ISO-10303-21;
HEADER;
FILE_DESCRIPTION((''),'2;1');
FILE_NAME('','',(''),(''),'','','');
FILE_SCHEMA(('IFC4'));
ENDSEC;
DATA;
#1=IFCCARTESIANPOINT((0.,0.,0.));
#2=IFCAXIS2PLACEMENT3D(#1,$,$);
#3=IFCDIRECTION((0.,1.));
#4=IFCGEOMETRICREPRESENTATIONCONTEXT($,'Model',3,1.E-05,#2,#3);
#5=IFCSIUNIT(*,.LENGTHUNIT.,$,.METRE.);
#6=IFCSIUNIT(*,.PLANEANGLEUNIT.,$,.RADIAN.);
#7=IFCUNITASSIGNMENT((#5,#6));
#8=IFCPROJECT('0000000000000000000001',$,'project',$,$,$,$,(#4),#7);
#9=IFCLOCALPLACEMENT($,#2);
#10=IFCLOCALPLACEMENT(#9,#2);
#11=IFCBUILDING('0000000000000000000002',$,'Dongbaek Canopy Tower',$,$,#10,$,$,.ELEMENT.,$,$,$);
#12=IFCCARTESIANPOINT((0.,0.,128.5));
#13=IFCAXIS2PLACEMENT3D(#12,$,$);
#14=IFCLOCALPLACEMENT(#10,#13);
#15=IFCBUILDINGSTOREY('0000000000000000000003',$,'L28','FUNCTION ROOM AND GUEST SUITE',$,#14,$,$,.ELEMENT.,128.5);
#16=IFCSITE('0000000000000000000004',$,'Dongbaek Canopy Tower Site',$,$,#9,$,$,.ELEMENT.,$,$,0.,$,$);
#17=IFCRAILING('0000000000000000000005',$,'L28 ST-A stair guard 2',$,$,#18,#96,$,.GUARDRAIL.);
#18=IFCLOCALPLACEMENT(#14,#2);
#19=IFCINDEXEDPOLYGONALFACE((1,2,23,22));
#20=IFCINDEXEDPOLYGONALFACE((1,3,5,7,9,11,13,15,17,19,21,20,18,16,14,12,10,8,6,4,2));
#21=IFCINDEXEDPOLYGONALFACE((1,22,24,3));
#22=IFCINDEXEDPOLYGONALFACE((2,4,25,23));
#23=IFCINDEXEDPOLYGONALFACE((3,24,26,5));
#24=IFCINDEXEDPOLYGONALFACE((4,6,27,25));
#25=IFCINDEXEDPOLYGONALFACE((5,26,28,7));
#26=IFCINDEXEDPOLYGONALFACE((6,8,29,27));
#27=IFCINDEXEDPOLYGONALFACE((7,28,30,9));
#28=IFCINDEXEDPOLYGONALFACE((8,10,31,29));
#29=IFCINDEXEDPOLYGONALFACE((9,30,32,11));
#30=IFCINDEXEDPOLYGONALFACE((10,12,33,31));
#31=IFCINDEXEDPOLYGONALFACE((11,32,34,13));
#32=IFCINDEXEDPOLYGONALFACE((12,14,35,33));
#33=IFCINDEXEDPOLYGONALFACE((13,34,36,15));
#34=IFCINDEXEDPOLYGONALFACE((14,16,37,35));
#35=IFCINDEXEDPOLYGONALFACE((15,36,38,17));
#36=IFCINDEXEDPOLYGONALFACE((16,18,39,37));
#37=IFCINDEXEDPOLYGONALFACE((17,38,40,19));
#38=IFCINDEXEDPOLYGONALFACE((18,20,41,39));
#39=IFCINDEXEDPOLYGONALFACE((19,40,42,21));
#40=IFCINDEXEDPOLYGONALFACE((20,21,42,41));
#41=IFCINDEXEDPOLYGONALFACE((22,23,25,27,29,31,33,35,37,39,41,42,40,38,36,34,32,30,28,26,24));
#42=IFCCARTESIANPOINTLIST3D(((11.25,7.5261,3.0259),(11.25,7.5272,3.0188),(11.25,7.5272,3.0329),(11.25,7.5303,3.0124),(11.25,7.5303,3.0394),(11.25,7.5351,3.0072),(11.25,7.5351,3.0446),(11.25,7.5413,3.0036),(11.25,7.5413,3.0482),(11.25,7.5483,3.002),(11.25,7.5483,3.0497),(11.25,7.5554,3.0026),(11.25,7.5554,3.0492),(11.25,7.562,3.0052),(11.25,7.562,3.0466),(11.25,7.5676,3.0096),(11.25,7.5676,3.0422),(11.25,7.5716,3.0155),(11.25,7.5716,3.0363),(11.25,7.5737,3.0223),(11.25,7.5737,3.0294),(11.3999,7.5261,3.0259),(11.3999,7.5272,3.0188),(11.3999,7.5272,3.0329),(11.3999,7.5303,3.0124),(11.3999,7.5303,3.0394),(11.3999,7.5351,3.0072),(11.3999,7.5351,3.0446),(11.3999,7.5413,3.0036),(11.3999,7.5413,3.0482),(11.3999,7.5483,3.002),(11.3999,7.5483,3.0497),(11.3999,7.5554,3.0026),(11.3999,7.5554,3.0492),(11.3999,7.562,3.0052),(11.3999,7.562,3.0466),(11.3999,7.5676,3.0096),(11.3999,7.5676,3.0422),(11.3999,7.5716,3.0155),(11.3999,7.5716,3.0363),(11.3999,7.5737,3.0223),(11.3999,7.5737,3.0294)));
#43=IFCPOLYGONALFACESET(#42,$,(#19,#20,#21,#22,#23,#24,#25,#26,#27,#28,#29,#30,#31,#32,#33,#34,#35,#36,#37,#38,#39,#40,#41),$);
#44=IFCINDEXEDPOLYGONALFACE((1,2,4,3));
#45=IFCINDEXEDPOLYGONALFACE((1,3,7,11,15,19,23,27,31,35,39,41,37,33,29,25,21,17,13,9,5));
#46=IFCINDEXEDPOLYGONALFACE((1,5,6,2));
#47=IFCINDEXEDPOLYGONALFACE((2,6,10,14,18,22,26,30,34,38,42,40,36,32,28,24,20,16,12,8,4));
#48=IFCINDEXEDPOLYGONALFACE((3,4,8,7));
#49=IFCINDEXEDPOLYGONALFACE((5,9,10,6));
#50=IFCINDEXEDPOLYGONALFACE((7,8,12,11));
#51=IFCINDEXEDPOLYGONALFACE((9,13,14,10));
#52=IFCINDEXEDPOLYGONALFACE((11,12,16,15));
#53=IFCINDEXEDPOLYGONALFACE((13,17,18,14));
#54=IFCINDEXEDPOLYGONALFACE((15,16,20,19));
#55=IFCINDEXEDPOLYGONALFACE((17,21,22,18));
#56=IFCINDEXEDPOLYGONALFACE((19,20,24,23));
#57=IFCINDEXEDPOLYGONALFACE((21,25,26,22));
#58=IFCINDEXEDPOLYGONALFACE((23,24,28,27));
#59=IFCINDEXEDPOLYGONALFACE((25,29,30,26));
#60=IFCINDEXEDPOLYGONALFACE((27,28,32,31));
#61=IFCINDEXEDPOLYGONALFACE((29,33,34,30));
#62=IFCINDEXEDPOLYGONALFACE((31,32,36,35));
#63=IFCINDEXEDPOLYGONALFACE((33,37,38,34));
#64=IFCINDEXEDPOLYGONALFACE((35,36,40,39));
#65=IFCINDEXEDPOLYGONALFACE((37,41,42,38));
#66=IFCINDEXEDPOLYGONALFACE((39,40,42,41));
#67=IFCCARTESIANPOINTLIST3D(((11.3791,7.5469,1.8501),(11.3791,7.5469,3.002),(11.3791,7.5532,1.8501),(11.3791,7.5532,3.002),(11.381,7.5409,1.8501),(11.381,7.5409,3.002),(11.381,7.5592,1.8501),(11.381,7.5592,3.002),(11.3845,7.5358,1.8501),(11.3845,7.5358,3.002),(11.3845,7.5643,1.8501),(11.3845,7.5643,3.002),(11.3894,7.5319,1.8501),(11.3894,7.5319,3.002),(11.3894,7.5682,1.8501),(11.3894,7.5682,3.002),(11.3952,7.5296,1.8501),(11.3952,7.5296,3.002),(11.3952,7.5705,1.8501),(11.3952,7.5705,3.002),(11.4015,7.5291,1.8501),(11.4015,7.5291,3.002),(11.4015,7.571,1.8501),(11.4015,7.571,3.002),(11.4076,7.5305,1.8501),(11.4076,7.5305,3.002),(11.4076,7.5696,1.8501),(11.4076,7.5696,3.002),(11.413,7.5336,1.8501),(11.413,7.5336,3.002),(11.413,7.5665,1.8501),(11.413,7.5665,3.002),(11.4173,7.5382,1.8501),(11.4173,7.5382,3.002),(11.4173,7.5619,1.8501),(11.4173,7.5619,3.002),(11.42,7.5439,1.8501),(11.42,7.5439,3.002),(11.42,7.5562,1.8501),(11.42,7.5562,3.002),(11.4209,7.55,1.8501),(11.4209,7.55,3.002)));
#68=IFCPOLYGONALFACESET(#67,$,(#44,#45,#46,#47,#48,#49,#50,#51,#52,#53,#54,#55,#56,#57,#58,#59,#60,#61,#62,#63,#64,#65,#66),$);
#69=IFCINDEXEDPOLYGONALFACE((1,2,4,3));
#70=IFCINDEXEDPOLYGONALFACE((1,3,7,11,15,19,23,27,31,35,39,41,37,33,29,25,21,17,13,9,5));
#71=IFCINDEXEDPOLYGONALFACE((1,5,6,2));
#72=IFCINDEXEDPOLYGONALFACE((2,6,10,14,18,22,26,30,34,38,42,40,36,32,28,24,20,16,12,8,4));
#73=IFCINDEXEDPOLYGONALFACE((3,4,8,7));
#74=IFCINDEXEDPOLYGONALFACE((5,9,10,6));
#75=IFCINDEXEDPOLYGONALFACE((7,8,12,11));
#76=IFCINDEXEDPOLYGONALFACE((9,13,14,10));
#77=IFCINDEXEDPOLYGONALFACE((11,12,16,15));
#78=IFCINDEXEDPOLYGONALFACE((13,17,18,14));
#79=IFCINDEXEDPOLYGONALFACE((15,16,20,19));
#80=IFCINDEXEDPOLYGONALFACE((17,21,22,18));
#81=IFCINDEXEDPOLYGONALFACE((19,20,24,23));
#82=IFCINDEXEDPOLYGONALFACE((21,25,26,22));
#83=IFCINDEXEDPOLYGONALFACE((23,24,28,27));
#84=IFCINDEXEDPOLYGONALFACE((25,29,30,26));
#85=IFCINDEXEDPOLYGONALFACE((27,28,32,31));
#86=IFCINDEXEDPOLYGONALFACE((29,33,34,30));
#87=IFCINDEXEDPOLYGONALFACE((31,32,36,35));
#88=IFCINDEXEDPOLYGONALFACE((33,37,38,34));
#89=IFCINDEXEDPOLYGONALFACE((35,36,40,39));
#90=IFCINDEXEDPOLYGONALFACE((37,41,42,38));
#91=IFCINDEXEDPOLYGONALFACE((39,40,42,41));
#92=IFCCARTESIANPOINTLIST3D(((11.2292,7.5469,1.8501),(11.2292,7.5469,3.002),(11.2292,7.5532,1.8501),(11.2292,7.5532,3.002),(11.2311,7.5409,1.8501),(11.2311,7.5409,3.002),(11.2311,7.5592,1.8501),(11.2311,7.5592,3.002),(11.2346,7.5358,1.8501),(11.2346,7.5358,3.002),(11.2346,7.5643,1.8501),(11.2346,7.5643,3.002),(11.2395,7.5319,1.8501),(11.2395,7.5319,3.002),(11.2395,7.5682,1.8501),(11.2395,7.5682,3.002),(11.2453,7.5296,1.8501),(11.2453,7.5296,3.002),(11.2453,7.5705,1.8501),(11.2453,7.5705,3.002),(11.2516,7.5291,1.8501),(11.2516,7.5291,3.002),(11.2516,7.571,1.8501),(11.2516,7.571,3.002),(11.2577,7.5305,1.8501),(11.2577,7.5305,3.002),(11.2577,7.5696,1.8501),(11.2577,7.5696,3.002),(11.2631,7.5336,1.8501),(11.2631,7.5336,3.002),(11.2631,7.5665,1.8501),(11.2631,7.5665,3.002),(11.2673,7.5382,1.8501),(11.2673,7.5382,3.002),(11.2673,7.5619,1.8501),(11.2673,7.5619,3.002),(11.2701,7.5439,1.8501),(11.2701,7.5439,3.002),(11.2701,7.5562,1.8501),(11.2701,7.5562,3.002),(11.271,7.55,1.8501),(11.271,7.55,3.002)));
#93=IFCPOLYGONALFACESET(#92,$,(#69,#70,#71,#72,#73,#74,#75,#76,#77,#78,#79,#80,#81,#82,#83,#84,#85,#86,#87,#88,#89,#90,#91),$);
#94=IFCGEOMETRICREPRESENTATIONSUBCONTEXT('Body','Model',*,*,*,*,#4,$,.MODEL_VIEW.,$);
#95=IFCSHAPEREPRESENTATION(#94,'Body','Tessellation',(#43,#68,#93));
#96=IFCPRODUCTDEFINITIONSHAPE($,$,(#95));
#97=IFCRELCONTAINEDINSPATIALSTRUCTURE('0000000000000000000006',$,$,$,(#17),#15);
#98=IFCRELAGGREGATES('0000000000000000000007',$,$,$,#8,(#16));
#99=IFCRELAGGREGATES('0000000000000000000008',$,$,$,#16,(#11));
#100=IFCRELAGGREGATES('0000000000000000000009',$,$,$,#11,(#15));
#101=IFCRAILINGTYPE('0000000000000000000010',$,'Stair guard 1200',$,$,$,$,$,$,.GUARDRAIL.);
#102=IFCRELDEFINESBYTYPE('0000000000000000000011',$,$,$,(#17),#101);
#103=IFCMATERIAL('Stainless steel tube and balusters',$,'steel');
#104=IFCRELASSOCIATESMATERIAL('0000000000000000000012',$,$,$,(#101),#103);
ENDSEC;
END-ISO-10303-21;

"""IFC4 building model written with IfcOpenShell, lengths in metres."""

from ifc_helpers import new_model, si_unit, direction, frame, origin, origin_2d, place, context, subcontext, project, spatial, circle, extrude, material, type_object, element, save


model = new_model("IFC4")

# Units and contexts
model_context = context("Model", 3, precision=1e-05, world=origin(), true_north=direction((0.0, 1.0)))
body_context = subcontext(model_context, "Body", "Model", "MODEL_VIEW")
ifc_project = project(units=[si_unit("LENGTHUNIT", "METRE"), si_unit("PLANEANGLEUNIT", "RADIAN")], contexts=[model_context])

# Site, building, storey
site_placement = place(None, origin())
site = spatial("IfcSite", under=ifc_project, at=site_placement, Name="Dongbaek Canopy Tower Site", CompositionType="ELEMENT", RefElevation=0.0)
building_placement = place(site_placement, origin())
building = spatial("IfcBuilding", under=site, at=building_placement, Name="Dongbaek Canopy Tower", CompositionType="ELEMENT")
storey_placement = place(building_placement, frame((0.0, 0.0, 128.5)))
storey = spatial("IfcBuildingStorey", under=building, at=storey_placement, Name="L28", Description="FUNCTION ROOM AND GUEST SUITE", CompositionType="ELEMENT", Elevation=128.5)

# Railing
ifc_material_1 = material(Name="Stainless steel tube and balusters", Category="steel")
railing_type_1 = type_object("IfcRailingType", Name="Stair guard 1200", PredefinedType="GUARDRAIL", material=ifc_material_1)
railing_1_placement = place(storey_placement, frame((11.3999, 7.55, 1.8501)))
element("IfcRailing", 1, at=railing_1_placement, inside=storey, type_object=railing_type_1, Name="L28 ST-A stair guard 2", PredefinedType="GUARDRAIL", context=body_context, shape_type="SweptSolid", body=[
    extrude(circle(Radius=0.0239, at=origin_2d()), frame((0.0, 0.0, 1.1758), z_axis=(-1.0, 0.0, 0.0), x_axis=(0.0, -1.0, 0.0)), (0.0, 0.0, 1.0), 0.1499),
    extrude(circle(Radius=0.021, at=origin_2d()), origin(), (0.0, 0.0, 1.0), 1.1519),
    extrude(circle(Radius=0.021, at=origin_2d()), frame((-0.1499, 0.0, 0.0)), (0.0, 0.0, 1.0), 1.1519),
])

save(model, "model.ifc")
